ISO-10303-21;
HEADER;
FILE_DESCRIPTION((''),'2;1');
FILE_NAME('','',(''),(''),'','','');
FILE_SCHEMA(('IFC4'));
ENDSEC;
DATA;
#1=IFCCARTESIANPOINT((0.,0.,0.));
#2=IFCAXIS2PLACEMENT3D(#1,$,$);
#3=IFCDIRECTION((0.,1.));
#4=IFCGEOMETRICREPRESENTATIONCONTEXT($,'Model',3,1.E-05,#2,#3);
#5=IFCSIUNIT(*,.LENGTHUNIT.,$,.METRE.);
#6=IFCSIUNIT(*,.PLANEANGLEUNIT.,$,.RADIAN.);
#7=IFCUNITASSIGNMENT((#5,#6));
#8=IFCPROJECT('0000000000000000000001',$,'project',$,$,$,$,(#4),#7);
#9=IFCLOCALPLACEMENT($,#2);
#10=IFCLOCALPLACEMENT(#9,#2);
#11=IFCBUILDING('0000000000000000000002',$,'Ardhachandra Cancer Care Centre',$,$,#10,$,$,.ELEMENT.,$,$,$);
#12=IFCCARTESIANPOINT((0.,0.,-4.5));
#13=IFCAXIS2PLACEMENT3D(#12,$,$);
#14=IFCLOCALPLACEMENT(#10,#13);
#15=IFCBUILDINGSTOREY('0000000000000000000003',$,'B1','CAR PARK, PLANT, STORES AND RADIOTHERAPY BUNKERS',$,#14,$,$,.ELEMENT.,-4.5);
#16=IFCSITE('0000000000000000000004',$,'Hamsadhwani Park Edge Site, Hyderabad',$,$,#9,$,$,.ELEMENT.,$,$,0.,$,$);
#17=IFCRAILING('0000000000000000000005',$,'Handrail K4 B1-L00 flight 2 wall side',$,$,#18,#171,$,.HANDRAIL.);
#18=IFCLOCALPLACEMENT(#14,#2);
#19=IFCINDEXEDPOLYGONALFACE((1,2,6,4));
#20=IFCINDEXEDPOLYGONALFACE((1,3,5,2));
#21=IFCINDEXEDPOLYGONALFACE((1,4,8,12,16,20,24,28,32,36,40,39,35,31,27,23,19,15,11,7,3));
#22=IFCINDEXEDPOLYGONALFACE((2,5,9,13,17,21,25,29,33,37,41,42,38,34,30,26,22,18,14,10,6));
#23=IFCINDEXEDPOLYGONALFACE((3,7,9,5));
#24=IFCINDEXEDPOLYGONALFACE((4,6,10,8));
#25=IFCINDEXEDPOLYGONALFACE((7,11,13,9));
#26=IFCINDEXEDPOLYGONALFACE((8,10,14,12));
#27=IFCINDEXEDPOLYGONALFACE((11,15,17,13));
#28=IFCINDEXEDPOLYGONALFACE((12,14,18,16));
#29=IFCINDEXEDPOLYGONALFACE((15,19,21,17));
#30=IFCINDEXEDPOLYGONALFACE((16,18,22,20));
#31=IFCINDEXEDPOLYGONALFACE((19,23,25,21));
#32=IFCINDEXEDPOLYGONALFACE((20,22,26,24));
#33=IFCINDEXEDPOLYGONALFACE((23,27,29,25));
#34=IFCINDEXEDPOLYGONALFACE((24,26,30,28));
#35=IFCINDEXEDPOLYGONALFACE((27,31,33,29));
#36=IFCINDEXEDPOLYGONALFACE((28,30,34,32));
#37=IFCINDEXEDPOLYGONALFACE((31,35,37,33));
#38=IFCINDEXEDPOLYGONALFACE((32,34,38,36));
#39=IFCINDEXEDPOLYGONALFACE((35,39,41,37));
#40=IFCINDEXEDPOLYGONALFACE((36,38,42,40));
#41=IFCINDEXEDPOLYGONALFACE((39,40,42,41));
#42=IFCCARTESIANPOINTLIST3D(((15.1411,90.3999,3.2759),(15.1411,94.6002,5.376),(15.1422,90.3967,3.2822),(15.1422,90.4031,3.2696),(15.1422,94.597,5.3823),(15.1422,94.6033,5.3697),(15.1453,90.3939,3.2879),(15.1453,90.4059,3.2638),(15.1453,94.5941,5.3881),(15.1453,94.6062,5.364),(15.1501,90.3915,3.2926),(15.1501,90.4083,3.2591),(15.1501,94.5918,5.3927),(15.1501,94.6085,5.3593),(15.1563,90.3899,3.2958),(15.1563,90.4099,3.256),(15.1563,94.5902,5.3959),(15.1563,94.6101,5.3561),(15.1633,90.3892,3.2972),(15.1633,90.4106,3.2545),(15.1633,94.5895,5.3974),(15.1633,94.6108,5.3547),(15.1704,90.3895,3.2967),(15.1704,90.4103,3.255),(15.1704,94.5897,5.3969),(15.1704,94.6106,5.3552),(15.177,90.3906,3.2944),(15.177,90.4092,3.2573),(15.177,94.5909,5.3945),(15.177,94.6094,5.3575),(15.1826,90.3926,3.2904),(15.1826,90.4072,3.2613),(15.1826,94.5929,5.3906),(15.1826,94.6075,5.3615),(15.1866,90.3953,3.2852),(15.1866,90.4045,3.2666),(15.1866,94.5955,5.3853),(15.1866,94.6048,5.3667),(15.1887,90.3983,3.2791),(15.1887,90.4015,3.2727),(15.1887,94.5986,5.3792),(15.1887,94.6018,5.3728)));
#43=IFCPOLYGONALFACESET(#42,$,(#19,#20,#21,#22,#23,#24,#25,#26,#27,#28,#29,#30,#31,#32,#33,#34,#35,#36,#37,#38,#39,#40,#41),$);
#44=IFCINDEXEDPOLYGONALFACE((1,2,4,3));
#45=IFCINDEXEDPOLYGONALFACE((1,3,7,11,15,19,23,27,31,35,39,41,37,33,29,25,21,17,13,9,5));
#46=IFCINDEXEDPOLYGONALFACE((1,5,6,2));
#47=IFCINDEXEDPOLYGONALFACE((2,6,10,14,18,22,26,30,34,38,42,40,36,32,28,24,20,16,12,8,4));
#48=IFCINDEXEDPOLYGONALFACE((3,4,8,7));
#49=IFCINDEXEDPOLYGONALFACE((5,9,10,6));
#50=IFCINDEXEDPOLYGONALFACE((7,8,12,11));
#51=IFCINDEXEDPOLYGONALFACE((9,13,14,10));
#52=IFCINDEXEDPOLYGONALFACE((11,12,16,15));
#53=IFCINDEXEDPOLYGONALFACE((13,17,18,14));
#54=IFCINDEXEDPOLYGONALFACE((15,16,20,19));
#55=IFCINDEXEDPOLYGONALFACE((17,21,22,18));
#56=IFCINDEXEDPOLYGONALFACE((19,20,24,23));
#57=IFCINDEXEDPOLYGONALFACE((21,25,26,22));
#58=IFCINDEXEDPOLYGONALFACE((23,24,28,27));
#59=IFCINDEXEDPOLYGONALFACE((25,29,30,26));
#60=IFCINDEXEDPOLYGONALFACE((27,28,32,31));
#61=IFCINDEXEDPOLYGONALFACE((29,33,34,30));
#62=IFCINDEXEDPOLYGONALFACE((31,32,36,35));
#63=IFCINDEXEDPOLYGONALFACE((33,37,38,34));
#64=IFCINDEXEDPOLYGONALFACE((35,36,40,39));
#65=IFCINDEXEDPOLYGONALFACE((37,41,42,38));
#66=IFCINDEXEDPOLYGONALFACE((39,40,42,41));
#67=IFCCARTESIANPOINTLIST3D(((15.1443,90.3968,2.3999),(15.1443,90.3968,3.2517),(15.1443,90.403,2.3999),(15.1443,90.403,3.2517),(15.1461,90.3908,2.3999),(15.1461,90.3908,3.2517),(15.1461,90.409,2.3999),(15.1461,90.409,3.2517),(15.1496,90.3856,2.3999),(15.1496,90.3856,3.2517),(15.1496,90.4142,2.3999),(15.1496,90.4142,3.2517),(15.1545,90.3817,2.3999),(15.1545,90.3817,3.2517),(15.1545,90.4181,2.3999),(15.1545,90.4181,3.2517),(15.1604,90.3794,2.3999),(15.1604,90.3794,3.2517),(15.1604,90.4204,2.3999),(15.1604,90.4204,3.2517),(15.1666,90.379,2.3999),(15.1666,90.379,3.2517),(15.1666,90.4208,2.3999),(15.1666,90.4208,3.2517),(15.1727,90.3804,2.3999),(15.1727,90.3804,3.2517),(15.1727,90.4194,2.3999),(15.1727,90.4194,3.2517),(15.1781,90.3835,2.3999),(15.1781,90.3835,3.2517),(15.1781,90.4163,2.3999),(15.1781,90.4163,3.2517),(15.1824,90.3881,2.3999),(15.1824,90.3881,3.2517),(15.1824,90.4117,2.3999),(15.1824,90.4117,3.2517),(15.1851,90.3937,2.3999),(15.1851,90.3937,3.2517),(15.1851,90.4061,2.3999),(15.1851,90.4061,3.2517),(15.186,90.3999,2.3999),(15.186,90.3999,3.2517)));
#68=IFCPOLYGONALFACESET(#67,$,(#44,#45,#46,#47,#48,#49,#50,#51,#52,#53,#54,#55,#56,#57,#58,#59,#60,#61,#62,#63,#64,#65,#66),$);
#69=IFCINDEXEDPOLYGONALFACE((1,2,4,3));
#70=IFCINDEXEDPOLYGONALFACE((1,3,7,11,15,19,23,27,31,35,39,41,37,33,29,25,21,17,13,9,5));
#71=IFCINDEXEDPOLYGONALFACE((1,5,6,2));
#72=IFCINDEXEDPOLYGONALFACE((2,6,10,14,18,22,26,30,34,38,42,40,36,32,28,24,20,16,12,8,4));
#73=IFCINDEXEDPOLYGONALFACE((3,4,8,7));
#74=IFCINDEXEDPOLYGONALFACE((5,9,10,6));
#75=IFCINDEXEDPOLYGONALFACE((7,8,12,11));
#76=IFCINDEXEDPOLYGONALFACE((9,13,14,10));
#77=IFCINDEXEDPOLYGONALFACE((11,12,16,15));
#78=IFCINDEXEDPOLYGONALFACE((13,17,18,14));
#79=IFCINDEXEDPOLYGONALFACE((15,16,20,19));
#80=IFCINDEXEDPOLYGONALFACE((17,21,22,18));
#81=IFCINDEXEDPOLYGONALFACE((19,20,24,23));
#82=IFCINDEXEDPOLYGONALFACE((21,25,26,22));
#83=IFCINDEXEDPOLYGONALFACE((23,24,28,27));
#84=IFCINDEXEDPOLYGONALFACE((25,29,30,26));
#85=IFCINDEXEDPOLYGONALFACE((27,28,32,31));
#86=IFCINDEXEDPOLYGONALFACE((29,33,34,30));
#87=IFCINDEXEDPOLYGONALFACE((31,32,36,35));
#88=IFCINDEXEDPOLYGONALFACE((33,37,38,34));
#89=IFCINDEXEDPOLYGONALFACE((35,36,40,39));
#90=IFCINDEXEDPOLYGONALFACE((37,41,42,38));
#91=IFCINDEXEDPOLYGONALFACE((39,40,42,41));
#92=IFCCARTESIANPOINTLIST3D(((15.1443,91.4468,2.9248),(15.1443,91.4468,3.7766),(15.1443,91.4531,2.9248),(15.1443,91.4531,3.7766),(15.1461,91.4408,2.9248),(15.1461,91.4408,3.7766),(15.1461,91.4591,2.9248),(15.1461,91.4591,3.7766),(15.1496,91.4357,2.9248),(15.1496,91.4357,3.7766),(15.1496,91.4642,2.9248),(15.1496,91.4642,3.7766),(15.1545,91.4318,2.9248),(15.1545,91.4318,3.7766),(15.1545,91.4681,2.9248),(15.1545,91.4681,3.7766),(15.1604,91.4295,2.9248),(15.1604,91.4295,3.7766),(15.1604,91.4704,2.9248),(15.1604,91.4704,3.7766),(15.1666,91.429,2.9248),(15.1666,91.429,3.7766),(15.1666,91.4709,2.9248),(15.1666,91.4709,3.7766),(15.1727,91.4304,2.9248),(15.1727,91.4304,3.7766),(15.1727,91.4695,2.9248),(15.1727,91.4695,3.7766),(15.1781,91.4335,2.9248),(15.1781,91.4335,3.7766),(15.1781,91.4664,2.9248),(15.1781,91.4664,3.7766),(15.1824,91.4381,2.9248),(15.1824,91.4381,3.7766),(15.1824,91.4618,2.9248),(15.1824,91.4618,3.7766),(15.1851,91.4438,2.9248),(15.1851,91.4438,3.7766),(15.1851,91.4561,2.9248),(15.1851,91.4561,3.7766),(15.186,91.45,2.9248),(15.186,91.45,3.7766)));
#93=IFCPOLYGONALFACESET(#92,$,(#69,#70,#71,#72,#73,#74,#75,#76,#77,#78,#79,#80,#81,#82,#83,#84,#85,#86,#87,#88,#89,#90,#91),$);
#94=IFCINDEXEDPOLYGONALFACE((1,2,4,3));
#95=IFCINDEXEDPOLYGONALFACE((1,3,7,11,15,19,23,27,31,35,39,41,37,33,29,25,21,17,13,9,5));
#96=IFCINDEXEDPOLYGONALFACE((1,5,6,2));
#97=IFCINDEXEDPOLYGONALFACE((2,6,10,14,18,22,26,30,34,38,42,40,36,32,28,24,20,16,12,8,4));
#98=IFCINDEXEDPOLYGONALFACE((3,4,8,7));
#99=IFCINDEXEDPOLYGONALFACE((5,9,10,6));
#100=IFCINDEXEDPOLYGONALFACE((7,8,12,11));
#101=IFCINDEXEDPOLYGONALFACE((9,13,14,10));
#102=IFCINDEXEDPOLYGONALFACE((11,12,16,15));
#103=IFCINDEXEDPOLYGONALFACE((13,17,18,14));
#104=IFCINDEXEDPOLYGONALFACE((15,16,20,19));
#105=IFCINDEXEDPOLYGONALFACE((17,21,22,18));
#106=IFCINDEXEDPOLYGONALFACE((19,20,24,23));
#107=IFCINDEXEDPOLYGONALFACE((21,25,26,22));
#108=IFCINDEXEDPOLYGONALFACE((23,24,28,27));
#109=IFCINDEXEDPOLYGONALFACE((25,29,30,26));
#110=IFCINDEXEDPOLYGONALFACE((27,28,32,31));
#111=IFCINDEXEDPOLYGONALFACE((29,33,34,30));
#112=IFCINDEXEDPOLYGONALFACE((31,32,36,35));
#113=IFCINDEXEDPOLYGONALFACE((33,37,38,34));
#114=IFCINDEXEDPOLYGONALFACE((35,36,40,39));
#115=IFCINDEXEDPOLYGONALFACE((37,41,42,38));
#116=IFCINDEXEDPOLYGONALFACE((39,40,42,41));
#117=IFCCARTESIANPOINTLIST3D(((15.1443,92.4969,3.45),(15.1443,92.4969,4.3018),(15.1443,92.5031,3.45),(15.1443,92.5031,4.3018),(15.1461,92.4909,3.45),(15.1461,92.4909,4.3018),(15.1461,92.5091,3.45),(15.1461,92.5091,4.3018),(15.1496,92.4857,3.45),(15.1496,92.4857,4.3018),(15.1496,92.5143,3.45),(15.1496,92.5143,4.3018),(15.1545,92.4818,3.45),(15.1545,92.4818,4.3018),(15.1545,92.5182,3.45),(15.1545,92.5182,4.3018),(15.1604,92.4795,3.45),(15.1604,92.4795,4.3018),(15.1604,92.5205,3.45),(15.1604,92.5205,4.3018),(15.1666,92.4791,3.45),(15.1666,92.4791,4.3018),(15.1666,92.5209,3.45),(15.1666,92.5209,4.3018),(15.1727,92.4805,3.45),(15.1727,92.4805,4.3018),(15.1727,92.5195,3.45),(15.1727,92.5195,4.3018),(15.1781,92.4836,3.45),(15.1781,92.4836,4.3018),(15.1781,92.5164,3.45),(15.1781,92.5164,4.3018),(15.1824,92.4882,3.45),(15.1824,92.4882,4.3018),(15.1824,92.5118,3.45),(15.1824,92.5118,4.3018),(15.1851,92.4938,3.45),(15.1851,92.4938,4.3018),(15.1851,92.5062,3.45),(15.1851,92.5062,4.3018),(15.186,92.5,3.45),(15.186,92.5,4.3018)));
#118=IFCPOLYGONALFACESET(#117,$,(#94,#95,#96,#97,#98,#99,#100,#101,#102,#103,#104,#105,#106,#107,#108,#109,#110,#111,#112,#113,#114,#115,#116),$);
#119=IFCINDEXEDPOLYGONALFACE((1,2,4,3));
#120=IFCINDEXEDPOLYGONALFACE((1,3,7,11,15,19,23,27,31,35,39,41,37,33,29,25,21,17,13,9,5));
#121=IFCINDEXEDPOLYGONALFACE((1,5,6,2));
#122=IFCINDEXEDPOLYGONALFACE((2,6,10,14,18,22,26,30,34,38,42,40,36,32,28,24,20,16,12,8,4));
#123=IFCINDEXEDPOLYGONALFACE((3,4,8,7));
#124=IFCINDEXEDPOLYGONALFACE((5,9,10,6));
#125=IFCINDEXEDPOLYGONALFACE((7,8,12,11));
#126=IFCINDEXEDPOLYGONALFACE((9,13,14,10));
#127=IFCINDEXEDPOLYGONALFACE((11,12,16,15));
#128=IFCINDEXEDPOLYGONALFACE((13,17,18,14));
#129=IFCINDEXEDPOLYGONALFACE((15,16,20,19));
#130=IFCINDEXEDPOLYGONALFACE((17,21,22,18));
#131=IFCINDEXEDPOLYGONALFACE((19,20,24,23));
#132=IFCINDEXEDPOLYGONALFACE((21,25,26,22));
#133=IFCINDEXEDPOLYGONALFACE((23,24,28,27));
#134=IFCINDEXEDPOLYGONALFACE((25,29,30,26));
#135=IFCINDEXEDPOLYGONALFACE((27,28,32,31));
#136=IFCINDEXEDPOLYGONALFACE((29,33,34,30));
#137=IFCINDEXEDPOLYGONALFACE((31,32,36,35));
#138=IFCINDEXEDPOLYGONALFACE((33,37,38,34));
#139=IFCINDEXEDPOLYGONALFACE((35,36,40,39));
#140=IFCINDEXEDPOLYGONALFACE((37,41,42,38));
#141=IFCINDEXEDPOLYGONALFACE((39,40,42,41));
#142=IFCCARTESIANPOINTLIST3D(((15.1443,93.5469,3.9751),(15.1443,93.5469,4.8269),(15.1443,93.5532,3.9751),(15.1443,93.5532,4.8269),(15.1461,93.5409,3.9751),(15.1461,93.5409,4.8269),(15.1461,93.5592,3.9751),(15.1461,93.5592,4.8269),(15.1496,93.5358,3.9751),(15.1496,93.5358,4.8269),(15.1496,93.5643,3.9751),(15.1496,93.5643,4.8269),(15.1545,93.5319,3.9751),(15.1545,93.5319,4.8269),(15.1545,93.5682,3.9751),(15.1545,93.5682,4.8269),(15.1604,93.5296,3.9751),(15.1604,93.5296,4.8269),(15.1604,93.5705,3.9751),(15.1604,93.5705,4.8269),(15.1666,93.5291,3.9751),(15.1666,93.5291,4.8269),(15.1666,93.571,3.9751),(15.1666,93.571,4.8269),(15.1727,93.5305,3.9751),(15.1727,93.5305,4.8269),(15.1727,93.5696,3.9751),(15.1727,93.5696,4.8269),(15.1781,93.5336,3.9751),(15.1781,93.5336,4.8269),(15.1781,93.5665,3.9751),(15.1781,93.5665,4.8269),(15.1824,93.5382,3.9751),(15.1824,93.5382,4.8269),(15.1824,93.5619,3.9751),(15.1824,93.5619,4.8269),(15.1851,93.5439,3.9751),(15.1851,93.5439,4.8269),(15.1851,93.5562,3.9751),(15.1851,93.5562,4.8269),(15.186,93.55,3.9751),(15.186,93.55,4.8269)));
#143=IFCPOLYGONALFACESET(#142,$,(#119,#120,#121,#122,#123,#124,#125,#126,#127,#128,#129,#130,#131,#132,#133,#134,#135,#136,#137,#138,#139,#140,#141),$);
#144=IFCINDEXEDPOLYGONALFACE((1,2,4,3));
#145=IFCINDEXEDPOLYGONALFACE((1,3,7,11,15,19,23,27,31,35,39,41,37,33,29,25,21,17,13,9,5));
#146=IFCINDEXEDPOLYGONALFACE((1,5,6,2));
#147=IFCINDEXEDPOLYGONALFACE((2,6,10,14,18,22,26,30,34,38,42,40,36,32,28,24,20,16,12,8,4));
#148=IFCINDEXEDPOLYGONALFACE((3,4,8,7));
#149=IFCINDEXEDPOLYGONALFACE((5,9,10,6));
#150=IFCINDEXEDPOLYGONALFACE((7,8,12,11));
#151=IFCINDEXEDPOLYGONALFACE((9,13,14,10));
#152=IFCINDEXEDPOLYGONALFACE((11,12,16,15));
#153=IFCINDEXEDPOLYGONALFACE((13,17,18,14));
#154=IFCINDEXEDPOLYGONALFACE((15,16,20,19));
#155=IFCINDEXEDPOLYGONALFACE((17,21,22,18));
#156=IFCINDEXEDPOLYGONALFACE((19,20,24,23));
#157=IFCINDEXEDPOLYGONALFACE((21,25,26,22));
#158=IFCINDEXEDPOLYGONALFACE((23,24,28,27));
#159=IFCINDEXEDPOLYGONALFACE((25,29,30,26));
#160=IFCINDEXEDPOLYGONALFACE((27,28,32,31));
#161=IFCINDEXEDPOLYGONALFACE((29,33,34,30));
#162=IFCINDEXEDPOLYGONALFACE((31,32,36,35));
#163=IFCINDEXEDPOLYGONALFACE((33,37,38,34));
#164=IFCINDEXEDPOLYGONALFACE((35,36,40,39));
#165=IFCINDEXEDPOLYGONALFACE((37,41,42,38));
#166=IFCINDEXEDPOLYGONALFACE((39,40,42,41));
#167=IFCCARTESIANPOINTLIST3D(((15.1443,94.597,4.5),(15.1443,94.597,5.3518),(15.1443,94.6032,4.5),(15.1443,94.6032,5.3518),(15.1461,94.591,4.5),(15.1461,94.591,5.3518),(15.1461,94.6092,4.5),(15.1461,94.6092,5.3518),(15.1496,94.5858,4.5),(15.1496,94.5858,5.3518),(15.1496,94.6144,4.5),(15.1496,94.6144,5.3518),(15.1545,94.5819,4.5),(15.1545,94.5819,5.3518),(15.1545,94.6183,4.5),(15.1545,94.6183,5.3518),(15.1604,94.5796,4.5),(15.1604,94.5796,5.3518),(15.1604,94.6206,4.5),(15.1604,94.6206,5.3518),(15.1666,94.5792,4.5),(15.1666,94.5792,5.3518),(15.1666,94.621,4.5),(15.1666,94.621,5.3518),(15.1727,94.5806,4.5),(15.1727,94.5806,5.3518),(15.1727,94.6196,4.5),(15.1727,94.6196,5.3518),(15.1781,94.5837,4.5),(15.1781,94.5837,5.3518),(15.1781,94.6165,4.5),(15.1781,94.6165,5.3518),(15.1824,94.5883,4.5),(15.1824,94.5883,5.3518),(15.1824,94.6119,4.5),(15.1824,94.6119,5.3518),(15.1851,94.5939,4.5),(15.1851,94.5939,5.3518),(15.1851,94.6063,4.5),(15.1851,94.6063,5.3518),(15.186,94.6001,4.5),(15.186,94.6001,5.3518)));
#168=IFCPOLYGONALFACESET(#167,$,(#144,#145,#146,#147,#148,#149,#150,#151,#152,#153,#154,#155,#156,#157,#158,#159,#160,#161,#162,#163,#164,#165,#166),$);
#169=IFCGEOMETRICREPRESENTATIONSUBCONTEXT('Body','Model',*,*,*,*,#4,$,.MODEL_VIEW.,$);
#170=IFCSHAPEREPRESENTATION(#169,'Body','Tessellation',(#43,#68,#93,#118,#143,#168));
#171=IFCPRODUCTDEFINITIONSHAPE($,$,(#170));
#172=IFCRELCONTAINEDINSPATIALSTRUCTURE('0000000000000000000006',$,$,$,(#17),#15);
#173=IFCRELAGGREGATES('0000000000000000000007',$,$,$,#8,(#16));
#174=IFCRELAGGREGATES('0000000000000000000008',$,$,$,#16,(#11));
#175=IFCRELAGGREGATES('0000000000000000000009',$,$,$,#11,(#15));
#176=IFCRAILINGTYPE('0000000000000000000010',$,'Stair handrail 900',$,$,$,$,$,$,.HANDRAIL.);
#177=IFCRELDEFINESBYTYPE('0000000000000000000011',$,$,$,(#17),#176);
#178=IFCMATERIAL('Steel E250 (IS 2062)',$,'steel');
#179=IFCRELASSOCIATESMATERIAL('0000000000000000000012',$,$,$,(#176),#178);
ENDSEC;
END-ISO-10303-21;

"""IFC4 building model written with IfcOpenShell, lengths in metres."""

from ifc_helpers import new_model, si_unit, direction, frame, origin, origin_2d, place, context, subcontext, project, spatial, circle, extrude, material, type_object, element, save


model = new_model("IFC4")

# Units and contexts
model_context = context("Model", 3, precision=1e-05, world=origin(), true_north=direction((0.0, 1.0)))
body_context = subcontext(model_context, "Body", "Model", "MODEL_VIEW")
ifc_project = project(units=[si_unit("LENGTHUNIT", "METRE"), si_unit("PLANEANGLEUNIT", "RADIAN")], contexts=[model_context])

# Site, building, storey
site_placement = place(None, origin())
site = spatial("IfcSite", under=ifc_project, at=site_placement, Name="Hamsadhwani Park Edge Site, Hyderabad", CompositionType="ELEMENT", RefElevation=0.0)
building_placement = place(site_placement, origin())
building = spatial("IfcBuilding", under=site, at=building_placement, Name="Ardhachandra Cancer Care Centre", CompositionType="ELEMENT")
storey_placement = place(building_placement, frame((0.0, 0.0, -4.5)))
storey = spatial("IfcBuildingStorey", under=building, at=storey_placement, Name="B1", Description="CAR PARK, PLANT, STORES AND RADIOTHERAPY BUNKERS", CompositionType="ELEMENT", Elevation=-4.5)

# Railing
ifc_material_1 = material(Name="Steel E250 (IS 2062)", Category="steel")
railing_type = type_object("IfcRailingType", Name="Stair handrail 900", PredefinedType="HANDRAIL", material=ifc_material_1)
railing_placement = place(storey_placement, frame((15.165, 90.3999, 2.3999)))
element("IfcRailing", 1, at=railing_placement, inside=storey, type_object=railing_type, Name="Handrail K4 B1-L00 flight 2 wall side", PredefinedType="HANDRAIL", context=body_context, shape_type="SweptSolid", body=[
    extrude(circle(Radius=0.0239, at=origin_2d()), frame((0.0, 0.0, 0.876), z_axis=(0.0, 0.894427, 0.447214), x_axis=(-1.0, 0.0, 0.0)), (0.0, 0.0, 1.0), 4.696),
    extrude(circle(Radius=0.021, at=origin_2d()), origin(), (0.0, 0.0, 1.0), 0.8518),
    extrude(circle(Radius=0.021, at=origin_2d()), frame((0.0, 1.05, 0.5249)), (0.0, 0.0, 1.0), 0.8518),
    extrude(circle(Radius=0.021, at=origin_2d()), frame((0.0, 2.1001, 1.05)), (0.0, 0.0, 1.0), 0.8518),
    extrude(circle(Radius=0.021, at=origin_2d()), frame((0.0, 3.1501, 1.5752)), (0.0, 0.0, 1.0), 0.8518),
    extrude(circle(Radius=0.021, at=origin_2d()), frame((0.0, 4.2002, 2.1001)), (0.0, 0.0, 1.0), 0.8518),
])

save(model, "model.ifc")
